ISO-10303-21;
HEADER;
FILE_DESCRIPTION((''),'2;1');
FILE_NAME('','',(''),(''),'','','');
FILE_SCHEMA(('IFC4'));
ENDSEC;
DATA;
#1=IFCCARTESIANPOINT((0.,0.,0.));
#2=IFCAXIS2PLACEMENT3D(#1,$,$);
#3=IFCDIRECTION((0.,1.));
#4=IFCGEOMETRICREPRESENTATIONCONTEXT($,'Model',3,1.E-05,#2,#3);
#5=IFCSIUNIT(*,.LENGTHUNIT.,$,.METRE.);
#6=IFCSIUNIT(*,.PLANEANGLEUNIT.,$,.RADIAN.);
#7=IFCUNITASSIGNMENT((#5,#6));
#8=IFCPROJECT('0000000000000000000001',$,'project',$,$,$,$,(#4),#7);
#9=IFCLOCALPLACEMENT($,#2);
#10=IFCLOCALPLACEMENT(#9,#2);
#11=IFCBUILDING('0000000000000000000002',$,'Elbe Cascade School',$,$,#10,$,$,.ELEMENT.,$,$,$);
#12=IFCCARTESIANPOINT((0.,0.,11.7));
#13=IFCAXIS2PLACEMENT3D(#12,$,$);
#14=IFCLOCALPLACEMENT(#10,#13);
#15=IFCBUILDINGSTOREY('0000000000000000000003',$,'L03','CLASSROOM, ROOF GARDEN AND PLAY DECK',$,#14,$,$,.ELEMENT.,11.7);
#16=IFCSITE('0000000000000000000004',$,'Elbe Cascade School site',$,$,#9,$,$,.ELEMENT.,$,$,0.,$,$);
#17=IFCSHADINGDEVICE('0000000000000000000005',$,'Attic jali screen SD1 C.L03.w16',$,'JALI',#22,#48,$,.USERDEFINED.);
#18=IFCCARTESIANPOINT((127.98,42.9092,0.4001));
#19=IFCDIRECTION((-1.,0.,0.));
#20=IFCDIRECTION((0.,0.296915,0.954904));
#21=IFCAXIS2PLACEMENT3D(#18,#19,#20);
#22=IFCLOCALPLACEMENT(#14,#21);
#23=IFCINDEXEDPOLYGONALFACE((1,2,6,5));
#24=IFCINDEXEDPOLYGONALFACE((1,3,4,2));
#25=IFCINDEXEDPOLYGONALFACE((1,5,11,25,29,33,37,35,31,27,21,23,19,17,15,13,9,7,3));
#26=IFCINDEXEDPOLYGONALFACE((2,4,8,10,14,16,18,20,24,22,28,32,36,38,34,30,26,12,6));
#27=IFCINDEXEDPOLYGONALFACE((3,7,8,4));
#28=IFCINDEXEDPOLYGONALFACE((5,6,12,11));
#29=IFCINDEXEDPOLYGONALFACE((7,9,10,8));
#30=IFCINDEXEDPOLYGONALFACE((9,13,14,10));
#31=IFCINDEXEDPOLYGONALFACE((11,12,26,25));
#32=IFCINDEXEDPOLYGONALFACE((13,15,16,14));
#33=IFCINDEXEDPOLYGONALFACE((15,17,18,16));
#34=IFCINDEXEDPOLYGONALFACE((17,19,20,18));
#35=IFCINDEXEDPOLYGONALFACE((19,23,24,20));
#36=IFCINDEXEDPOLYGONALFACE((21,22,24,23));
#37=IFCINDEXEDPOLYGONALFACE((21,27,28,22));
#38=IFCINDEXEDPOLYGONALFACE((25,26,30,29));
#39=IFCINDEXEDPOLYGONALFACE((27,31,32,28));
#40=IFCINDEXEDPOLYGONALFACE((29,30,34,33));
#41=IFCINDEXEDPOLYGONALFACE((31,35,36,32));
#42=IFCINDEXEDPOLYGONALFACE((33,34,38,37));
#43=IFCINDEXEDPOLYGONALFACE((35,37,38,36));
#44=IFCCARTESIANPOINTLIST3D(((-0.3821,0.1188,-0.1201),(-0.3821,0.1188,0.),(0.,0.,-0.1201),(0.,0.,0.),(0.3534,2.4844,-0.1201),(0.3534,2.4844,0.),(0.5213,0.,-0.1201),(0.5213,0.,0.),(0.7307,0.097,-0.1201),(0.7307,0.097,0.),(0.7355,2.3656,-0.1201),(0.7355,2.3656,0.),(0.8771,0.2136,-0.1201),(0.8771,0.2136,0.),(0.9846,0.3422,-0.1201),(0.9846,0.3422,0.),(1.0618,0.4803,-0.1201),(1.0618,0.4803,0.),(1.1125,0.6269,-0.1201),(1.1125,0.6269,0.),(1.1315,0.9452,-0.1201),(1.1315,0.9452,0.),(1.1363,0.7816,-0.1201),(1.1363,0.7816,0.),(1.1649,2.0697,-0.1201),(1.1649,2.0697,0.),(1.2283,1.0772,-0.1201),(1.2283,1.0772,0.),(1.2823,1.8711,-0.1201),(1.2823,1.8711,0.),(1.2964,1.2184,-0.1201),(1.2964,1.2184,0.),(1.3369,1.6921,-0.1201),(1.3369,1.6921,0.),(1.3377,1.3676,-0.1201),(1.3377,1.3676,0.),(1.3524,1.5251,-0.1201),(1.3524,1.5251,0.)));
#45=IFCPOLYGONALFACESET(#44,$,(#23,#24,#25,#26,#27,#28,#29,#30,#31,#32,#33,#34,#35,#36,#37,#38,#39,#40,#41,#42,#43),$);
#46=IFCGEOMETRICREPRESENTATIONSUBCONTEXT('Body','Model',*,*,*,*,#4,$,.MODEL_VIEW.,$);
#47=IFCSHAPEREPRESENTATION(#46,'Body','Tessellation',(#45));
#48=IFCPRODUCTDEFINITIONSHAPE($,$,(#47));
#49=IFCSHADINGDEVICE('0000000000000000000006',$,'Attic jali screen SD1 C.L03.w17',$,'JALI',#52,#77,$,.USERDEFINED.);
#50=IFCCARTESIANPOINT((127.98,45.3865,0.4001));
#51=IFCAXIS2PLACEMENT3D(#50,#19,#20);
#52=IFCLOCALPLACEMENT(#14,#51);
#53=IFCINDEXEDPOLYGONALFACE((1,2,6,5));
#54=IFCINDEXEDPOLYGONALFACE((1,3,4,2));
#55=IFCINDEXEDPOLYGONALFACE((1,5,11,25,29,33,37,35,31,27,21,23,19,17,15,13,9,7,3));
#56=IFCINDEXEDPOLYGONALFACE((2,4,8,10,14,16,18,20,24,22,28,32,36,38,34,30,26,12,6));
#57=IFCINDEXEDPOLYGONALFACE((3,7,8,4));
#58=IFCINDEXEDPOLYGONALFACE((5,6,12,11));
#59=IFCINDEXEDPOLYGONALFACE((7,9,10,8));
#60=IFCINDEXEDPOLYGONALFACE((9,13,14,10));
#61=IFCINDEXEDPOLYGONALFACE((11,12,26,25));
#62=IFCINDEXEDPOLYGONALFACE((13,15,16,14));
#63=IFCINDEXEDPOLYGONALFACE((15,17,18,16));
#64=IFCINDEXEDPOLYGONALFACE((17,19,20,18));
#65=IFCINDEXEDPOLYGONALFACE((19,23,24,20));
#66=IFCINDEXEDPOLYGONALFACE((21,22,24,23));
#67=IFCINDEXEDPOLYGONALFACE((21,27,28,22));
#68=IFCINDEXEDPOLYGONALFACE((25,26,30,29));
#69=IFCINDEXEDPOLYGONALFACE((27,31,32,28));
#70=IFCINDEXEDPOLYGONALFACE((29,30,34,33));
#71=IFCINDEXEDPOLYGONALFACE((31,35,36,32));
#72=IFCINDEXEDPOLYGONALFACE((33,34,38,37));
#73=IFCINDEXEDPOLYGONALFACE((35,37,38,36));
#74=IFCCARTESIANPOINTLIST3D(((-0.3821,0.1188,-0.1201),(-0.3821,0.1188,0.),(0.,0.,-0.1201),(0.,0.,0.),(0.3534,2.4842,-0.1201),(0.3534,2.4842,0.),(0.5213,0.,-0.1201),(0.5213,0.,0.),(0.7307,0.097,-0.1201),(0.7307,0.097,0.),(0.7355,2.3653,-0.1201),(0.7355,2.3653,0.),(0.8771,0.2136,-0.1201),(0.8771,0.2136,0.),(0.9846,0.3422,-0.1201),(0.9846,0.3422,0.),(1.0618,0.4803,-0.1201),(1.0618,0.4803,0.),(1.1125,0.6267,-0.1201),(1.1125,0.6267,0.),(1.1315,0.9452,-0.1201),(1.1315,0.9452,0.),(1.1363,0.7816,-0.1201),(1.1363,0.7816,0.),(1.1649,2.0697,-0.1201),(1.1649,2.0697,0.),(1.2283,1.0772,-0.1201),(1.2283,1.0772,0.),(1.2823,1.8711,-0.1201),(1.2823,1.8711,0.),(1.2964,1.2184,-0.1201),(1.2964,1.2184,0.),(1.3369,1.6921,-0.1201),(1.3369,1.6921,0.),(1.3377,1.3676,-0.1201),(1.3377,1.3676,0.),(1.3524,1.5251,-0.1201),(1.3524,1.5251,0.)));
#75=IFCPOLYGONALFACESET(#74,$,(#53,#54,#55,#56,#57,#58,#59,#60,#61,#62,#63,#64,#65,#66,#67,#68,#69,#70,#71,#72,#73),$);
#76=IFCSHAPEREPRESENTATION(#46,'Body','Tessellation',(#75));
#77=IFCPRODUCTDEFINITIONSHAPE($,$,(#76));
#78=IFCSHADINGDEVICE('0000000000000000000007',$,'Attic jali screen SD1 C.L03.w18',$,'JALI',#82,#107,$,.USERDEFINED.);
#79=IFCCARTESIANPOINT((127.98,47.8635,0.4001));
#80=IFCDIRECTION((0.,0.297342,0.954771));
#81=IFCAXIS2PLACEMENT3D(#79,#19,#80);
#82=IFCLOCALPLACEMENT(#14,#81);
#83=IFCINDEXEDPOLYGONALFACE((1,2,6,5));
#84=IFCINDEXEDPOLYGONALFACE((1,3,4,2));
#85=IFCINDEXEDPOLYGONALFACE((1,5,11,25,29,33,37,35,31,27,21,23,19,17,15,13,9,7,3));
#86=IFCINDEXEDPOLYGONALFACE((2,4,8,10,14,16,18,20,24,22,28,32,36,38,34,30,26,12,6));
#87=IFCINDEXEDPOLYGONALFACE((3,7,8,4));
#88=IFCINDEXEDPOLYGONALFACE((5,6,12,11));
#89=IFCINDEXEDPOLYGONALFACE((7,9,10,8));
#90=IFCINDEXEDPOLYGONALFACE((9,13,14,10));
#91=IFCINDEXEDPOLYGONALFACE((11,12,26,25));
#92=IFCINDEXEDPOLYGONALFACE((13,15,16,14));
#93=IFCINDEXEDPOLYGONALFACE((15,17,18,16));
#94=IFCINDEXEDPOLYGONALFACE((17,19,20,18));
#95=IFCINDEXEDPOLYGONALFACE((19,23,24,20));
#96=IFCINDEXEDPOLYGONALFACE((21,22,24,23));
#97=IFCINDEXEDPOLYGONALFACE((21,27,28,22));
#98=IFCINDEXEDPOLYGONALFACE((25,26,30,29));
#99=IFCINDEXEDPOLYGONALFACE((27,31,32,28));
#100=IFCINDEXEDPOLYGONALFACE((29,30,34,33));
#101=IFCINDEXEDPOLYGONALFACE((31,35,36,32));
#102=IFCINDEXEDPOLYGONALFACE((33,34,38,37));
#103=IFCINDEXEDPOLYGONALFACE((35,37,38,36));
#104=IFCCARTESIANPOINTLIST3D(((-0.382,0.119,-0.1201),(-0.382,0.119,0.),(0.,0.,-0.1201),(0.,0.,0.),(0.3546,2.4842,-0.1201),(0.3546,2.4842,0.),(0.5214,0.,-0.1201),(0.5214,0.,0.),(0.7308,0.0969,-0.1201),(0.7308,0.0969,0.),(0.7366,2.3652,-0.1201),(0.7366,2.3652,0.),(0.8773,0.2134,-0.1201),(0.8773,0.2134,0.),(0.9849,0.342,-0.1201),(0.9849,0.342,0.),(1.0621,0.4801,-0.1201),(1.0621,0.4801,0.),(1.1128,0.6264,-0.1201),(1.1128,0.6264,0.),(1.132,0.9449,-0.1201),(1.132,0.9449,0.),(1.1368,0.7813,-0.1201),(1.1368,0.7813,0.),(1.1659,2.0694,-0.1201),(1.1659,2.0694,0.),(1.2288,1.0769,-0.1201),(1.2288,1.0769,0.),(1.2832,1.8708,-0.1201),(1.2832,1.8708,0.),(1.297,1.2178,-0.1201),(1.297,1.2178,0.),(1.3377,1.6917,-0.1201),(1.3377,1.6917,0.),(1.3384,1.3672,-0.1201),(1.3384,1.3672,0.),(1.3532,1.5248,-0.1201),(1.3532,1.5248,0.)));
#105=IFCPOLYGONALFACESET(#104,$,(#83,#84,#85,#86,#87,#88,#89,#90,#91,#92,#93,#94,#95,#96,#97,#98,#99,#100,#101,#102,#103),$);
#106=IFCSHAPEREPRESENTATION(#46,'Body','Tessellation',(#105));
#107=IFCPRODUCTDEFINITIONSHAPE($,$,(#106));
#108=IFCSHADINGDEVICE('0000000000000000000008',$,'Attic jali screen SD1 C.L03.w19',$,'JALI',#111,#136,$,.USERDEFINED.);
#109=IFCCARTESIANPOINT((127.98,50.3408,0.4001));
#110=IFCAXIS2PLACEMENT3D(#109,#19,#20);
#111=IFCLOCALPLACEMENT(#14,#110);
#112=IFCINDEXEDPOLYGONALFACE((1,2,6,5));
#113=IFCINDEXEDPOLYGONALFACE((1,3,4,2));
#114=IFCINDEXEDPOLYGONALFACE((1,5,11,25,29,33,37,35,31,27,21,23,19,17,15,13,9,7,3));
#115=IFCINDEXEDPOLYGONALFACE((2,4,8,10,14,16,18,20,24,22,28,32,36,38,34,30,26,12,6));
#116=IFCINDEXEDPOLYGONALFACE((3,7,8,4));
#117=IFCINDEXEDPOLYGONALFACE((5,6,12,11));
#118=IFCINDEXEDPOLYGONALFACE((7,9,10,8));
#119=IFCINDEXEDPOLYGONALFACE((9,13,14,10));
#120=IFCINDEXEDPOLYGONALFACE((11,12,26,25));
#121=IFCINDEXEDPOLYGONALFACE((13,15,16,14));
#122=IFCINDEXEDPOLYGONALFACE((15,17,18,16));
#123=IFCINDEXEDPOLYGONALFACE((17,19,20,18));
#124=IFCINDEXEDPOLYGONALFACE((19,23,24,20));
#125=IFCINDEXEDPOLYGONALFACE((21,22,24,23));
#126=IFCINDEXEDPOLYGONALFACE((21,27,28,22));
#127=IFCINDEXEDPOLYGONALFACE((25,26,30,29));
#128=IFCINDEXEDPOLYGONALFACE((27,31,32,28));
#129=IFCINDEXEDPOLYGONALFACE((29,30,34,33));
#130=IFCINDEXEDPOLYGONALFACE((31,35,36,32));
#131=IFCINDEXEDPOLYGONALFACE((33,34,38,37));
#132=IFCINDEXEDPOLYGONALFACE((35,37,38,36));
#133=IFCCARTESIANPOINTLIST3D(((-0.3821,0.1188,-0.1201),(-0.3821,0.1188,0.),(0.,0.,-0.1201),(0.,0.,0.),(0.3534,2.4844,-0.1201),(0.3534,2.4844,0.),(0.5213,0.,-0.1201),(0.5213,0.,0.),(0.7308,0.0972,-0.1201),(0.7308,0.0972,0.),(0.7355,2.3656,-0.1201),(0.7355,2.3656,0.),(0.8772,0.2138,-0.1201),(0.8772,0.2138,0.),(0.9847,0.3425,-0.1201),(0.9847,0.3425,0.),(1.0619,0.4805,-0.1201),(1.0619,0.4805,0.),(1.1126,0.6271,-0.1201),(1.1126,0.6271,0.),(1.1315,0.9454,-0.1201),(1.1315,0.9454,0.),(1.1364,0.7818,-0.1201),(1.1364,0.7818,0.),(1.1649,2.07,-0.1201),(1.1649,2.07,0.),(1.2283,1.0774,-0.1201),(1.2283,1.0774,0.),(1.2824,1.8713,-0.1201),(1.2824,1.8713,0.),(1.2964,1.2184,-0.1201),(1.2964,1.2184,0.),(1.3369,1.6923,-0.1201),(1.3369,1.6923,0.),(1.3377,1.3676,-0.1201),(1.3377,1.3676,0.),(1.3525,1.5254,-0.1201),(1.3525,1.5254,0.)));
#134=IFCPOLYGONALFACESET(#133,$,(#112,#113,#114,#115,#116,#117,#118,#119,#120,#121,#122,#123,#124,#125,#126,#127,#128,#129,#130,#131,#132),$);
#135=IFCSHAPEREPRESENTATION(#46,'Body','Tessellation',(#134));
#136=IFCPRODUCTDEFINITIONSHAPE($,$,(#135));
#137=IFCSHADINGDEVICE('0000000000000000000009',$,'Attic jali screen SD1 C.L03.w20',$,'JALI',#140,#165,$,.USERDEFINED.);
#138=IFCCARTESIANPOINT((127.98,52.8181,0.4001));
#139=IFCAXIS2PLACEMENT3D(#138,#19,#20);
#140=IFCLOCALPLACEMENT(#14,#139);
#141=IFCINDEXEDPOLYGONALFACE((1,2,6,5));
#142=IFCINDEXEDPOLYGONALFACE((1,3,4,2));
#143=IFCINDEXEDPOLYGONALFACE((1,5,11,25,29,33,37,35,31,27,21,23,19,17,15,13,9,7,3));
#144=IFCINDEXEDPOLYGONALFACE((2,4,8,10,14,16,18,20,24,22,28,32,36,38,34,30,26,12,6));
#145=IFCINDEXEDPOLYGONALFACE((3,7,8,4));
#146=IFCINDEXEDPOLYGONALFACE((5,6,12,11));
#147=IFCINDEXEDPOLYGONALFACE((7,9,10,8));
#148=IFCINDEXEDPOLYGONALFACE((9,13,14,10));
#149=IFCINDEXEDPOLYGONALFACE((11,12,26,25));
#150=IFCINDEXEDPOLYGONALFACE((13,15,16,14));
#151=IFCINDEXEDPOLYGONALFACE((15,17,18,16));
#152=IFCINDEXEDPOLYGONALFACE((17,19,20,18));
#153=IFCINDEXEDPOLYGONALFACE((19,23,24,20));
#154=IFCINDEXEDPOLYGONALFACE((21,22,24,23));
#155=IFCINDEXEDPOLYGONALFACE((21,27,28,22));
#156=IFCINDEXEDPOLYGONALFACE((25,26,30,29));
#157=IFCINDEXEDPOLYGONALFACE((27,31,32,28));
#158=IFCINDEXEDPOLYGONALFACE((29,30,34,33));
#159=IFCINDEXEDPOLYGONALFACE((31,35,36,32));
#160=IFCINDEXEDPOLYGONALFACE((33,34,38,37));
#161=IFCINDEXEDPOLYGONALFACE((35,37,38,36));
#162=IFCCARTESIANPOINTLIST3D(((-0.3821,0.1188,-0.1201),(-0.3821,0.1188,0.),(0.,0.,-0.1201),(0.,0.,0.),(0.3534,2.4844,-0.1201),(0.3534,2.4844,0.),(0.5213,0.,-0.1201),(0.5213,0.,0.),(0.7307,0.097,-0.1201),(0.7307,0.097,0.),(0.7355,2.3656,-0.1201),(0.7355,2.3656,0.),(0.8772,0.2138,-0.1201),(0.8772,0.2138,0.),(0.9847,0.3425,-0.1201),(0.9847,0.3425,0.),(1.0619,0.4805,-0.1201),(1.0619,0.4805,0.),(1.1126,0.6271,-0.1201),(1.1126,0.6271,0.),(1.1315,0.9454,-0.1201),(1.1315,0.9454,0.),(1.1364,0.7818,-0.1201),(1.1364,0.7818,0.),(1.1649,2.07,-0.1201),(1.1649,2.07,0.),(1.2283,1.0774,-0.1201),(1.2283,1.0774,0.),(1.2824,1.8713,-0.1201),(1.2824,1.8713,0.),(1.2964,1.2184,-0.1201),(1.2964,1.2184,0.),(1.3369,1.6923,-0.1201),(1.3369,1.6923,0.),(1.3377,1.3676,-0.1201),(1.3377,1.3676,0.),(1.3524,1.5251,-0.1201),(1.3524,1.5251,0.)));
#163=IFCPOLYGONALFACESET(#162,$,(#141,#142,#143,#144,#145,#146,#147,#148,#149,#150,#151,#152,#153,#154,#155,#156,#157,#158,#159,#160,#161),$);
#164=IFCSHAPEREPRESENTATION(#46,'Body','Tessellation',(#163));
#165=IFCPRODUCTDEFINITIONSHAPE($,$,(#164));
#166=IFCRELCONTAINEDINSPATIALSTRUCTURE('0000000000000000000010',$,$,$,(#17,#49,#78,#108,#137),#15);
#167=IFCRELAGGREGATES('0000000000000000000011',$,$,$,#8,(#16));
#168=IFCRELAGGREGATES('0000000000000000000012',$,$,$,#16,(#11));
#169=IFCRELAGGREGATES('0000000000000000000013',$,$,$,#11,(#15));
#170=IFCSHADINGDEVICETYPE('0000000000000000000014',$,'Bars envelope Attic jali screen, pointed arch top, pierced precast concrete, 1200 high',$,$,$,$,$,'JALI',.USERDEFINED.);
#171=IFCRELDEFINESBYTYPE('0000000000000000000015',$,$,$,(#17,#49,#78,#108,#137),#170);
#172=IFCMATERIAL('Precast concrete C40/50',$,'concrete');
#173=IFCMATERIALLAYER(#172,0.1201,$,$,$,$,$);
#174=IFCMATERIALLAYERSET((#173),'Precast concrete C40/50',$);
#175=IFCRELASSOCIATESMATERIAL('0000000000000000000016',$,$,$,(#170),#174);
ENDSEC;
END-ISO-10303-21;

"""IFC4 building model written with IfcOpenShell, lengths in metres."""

from ifc_helpers import new_model, si_unit, direction, frame, origin, place, context, subcontext, project, spatial, polyline, outline, extrude, material, layer, layer_set, type_object, element, save


model = new_model("IFC4")

# Units and contexts
model_context = context("Model", 3, precision=1e-05, world=origin(), true_north=direction((0.0, 1.0)))
body_context = subcontext(model_context, "Body", "Model", "MODEL_VIEW")
ifc_project = project(units=[si_unit("LENGTHUNIT", "METRE"), si_unit("PLANEANGLEUNIT", "RADIAN")], contexts=[model_context])

# Site, building, storey
site_placement = place(None, origin())
site = spatial("IfcSite", under=ifc_project, at=site_placement, Name="Elbe Cascade School site", CompositionType="ELEMENT", RefElevation=0.0)
building_placement = place(site_placement, origin())
building = spatial("IfcBuilding", under=site, at=building_placement, Name="Elbe Cascade School", CompositionType="ELEMENT")
storey_placement = place(building_placement, frame((0.0, 0.0, 11.7)))
storey = spatial("IfcBuildingStorey", under=building, at=storey_placement, Name="L03", Description="CLASSROOM, ROOF GARDEN AND PLAY DECK", CompositionType="ELEMENT", Elevation=11.7)

# Shading devices
ifc_material_1 = material(Name="Precast concrete C40/50", Category="concrete")
ifc_layer_1 = layer(ifc_material_1, 0.1201)
ifc_layer_set_1 = layer_set([ifc_layer_1], Name="Precast concrete C40/50")
shading_device_type_1 = type_object("IfcShadingDeviceType", Name="Bars envelope Attic jali screen, pointed arch top, pierced precast concrete, 1200 high", ElementType="JALI", PredefinedType="USERDEFINED", material=ifc_layer_set_1)
shading_device_1_placement = place(storey_placement, frame((127.98, 42.9092, 0.4001), z_axis=(-1.0, 0.0, 0.0), x_axis=(0.0, 0.296915, 0.954904)))
element("IfcShadingDevice", 1, at=shading_device_1_placement, inside=storey, type_object=shading_device_type_1, Name="Attic jali screen SD1 C.L03.w16", ObjectType="JALI", PredefinedType="USERDEFINED", context=body_context, shape_type="SweptSolid", body=[
    extrude(outline(polyline([(0.0, 0.0), (0.5213, 0.0), (0.7307, 0.097), (0.8771, 0.2136), (0.9846, 0.3422), (1.0618, 0.4803), (1.1125, 0.6269), (1.1363, 0.7816), (1.1315, 0.9452), (1.2283, 1.0772), (1.2964, 1.2184), (1.3377, 1.3676), (1.3524, 1.5251), (1.3369, 1.6921), (1.2823, 1.8711), (1.1649, 2.0697), (0.7355, 2.3656), (0.3534, 2.4844), (-0.3821, 0.1188), (0.0, 0.0)])), origin(), (0.0, 0.0, -1.0), 0.1201),
])
shading_device_2_placement = place(storey_placement, frame((127.98, 45.3865, 0.4001), z_axis=(-1.0, 0.0, 0.0), x_axis=(0.0, 0.296915, 0.954904)))
element("IfcShadingDevice", 2, at=shading_device_2_placement, inside=storey, type_object=shading_device_type_1, Name="Attic jali screen SD1 C.L03.w17", ObjectType="JALI", PredefinedType="USERDEFINED", context=body_context, shape_type="SweptSolid", body=[
    extrude(outline(polyline([(0.0, 0.0), (0.5213, 0.0), (0.7307, 0.097), (0.8771, 0.2136), (0.9846, 0.3422), (1.0618, 0.4803), (1.1125, 0.6267), (1.1363, 0.7816), (1.1315, 0.9452), (1.2283, 1.0772), (1.2964, 1.2184), (1.3377, 1.3676), (1.3524, 1.5251), (1.3369, 1.6921), (1.2823, 1.8711), (1.1649, 2.0697), (0.7355, 2.3653), (0.3534, 2.4842), (-0.3821, 0.1188), (0.0, 0.0)])), origin(), (0.0, 0.0, -1.0), 0.1201),
])
shading_device_3_placement = place(storey_placement, frame((127.98, 47.8635, 0.4001), z_axis=(-1.0, 0.0, 0.0), x_axis=(0.0, 0.297342, 0.954771)))
element("IfcShadingDevice", 3, at=shading_device_3_placement, inside=storey, type_object=shading_device_type_1, Name="Attic jali screen SD1 C.L03.w18", ObjectType="JALI", PredefinedType="USERDEFINED", context=body_context, shape_type="SweptSolid", body=[
    extrude(outline(polyline([(0.0, 0.0), (0.5214, 0.0), (0.7308, 0.0969), (0.8773, 0.2134), (0.9849, 0.342), (1.0621, 0.4801), (1.1128, 0.6264), (1.1368, 0.7813), (1.132, 0.9449), (1.2288, 1.0769), (1.297, 1.2178), (1.3384, 1.3672), (1.3532, 1.5248), (1.3377, 1.6917), (1.2832, 1.8708), (1.1659, 2.0694), (0.7366, 2.3652), (0.3546, 2.4842), (-0.382, 0.119), (0.0, 0.0)])), origin(), (0.0, 0.0, -1.0), 0.1201),
])
shading_device_4_placement = place(storey_placement, frame((127.98, 50.3408, 0.4001), z_axis=(-1.0, 0.0, 0.0), x_axis=(0.0, 0.296915, 0.954904)))
element("IfcShadingDevice", 4, at=shading_device_4_placement, inside=storey, type_object=shading_device_type_1, Name="Attic jali screen SD1 C.L03.w19", ObjectType="JALI", PredefinedType="USERDEFINED", context=body_context, shape_type="SweptSolid", body=[
    extrude(outline(polyline([(0.0, 0.0), (0.5213, 0.0), (0.7308, 0.0972), (0.8772, 0.2138), (0.9847, 0.3425), (1.0619, 0.4805), (1.1126, 0.6271), (1.1364, 0.7818), (1.1315, 0.9454), (1.2283, 1.0774), (1.2964, 1.2184), (1.3377, 1.3676), (1.3525, 1.5254), (1.3369, 1.6923), (1.2824, 1.8713), (1.1649, 2.07), (0.7355, 2.3656), (0.3534, 2.4844), (-0.3821, 0.1188), (0.0, 0.0)])), origin(), (0.0, 0.0, -1.0), 0.1201),
])
shading_device_5_placement = place(storey_placement, frame((127.98, 52.8181, 0.4001), z_axis=(-1.0, 0.0, 0.0), x_axis=(0.0, 0.296915, 0.954904)))
element("IfcShadingDevice", 5, at=shading_device_5_placement, inside=storey, type_object=shading_device_type_1, Name="Attic jali screen SD1 C.L03.w20", ObjectType="JALI", PredefinedType="USERDEFINED", context=body_context, shape_type="SweptSolid", body=[
    extrude(outline(polyline([(0.0, 0.0), (0.5213, 0.0), (0.7307, 0.097), (0.8772, 0.2138), (0.9847, 0.3425), (1.0619, 0.4805), (1.1126, 0.6271), (1.1364, 0.7818), (1.1315, 0.9454), (1.2283, 1.0774), (1.2964, 1.2184), (1.3377, 1.3676), (1.3524, 1.5251), (1.3369, 1.6923), (1.2824, 1.8713), (1.1649, 2.07), (0.7355, 2.3656), (0.3534, 2.4844), (-0.3821, 0.1188), (0.0, 0.0)])), origin(), (0.0, 0.0, -1.0), 0.1201),
])

save(model, "model.ifc")
